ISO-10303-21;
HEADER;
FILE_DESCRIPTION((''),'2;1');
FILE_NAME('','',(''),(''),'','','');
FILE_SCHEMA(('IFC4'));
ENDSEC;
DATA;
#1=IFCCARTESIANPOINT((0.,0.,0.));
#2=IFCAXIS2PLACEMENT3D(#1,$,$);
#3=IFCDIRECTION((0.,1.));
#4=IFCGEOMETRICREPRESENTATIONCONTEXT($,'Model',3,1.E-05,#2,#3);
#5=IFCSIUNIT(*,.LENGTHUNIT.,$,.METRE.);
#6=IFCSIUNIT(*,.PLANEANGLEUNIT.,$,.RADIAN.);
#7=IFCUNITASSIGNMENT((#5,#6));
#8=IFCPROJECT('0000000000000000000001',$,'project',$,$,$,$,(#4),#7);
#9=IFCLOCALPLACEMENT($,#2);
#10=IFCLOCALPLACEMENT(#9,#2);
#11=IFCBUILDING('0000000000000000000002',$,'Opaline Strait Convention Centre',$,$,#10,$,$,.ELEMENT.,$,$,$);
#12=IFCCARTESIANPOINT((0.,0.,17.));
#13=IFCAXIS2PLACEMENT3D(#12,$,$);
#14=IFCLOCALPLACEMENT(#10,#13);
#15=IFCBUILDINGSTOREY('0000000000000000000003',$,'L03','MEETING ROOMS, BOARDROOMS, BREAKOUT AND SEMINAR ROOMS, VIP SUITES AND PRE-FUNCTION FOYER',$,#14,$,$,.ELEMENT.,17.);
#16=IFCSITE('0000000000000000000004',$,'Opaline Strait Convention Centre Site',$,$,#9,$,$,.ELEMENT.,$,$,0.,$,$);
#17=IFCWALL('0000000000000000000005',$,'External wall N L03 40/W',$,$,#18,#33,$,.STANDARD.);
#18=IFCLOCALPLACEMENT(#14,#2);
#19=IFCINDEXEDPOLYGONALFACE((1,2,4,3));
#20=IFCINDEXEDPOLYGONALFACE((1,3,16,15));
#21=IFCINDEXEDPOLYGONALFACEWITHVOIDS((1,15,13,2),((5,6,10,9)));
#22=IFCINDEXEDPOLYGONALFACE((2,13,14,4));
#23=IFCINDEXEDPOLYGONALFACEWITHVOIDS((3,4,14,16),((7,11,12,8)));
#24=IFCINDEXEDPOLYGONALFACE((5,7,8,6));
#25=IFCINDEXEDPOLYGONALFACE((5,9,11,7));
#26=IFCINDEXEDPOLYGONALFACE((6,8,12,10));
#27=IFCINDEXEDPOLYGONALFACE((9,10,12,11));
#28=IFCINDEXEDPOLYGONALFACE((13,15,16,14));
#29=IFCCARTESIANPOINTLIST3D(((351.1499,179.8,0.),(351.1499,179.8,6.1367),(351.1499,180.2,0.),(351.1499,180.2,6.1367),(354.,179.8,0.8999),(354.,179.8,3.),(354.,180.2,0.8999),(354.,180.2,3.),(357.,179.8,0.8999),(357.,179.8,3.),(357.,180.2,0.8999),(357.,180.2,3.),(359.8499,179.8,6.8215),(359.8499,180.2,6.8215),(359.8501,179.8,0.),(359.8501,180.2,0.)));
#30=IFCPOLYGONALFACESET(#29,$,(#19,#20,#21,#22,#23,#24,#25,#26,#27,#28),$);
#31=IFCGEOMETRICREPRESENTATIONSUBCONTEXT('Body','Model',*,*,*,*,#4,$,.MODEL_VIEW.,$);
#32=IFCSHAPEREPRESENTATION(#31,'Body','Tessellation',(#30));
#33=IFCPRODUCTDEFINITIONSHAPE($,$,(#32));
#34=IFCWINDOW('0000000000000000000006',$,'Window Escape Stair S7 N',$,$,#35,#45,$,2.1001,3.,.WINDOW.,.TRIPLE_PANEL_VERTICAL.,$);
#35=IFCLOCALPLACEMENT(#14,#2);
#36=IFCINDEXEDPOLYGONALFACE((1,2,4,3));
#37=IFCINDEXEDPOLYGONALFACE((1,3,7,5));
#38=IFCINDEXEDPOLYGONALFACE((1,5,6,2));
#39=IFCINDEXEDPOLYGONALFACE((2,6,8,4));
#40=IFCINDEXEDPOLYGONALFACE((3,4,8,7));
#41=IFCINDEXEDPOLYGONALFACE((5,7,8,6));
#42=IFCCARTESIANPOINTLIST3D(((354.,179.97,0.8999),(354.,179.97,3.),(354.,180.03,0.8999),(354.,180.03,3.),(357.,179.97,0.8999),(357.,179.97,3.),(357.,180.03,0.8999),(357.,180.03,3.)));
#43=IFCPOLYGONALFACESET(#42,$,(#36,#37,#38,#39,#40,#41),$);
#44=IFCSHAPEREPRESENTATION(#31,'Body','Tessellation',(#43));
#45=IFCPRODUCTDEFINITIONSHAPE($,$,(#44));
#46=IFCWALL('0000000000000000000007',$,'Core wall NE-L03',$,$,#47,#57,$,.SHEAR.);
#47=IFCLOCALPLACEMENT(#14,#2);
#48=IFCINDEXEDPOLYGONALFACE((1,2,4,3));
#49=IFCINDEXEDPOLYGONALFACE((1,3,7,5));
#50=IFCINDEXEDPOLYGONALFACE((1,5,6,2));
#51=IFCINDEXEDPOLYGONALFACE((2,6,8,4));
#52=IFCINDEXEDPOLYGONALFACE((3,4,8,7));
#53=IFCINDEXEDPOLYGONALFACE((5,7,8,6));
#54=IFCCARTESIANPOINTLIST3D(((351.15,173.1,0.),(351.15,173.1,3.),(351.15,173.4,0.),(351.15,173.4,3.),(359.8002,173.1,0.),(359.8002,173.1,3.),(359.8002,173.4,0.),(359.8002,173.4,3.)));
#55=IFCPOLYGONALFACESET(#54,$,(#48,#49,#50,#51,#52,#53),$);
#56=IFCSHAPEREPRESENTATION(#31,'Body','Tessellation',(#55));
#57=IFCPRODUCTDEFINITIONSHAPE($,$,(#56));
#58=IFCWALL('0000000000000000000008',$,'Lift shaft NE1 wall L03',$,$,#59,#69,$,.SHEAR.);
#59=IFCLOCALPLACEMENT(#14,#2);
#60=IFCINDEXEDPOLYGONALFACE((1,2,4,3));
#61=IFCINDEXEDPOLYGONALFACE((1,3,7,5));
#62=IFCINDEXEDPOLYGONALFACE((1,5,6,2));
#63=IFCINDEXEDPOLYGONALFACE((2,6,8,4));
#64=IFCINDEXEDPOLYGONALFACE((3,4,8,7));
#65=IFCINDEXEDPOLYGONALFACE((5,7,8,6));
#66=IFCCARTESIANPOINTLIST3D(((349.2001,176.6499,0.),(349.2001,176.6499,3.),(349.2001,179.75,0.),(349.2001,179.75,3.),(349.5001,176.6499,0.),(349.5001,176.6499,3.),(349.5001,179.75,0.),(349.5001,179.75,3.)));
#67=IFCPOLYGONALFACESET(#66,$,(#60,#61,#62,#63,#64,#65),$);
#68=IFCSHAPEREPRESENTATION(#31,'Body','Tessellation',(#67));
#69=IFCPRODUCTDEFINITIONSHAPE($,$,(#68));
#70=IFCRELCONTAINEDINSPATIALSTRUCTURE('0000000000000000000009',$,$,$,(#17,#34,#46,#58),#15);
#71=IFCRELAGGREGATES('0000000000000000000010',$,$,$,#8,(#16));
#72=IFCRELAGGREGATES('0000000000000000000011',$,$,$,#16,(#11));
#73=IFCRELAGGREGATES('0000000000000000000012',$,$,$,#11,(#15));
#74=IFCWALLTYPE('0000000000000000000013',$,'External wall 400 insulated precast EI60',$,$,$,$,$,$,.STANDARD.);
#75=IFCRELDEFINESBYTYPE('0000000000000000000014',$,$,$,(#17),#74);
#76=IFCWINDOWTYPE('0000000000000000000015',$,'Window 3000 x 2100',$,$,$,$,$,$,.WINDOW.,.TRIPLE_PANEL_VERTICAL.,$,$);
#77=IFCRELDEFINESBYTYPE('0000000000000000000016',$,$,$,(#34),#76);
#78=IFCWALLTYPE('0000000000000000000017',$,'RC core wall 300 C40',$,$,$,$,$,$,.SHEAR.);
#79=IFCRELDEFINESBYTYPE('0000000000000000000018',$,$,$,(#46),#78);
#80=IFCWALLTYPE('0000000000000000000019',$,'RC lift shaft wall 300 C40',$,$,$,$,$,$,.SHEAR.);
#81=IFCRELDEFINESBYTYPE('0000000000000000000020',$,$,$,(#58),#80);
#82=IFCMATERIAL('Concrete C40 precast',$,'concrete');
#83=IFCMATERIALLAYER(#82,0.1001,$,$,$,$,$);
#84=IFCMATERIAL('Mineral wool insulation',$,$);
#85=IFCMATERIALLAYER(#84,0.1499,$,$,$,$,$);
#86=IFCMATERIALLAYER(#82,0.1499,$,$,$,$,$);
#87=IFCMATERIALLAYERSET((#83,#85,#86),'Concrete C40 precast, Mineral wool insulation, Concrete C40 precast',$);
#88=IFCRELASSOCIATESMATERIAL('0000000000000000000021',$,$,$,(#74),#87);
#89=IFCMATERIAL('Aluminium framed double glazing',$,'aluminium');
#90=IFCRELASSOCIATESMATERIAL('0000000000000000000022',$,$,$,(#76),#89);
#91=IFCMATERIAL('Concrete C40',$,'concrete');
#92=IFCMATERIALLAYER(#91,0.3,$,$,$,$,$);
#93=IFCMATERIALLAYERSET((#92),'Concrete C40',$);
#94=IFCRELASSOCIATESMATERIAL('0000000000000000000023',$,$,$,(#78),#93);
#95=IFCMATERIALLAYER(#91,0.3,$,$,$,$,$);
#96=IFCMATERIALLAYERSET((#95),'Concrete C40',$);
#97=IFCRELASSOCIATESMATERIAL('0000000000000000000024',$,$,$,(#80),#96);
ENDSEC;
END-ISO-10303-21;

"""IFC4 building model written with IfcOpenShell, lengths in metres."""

from ifc_helpers import new_model, si_unit, direction, frame, frame_2d, origin, place, context, subcontext, project, spatial, polyline, rectangle, outline, extrude, material, layer, layer_set, type_object, element, fill, save


model = new_model("IFC4")

# Units and contexts
model_context = context("Model", 3, precision=1e-05, world=origin(), true_north=direction((0.0, 1.0)))
body_context = subcontext(model_context, "Body", "Model", "MODEL_VIEW")
ifc_project = project(units=[si_unit("LENGTHUNIT", "METRE"), si_unit("PLANEANGLEUNIT", "RADIAN")], contexts=[model_context])

# Site, building, storey
site_placement = place(None, origin())
site = spatial("IfcSite", under=ifc_project, at=site_placement, Name="Opaline Strait Convention Centre Site", CompositionType="ELEMENT", RefElevation=0.0)
building_placement = place(site_placement, origin())
building = spatial("IfcBuilding", under=site, at=building_placement, Name="Opaline Strait Convention Centre", CompositionType="ELEMENT")
storey_placement = place(building_placement, frame((0.0, 0.0, 17.0)))
storey = spatial("IfcBuildingStorey", under=building, at=storey_placement, Name="L03", Description="MEETING ROOMS, BOARDROOMS, BREAKOUT AND SEMINAR ROOMS, VIP SUITES AND PRE-FUNCTION FOYER", CompositionType="ELEMENT", Elevation=17.0)

# Wall, opening, window
ifc_material_1 = material(Name="Concrete C40 precast", Category="concrete")
ifc_layer_1 = layer(ifc_material_1, 0.1001)
ifc_material_2 = material(Name="Mineral wool insulation")
ifc_layer_2 = layer(ifc_material_2, 0.1499)
ifc_layer_3 = layer(ifc_material_1, 0.1499)
ifc_layer_set_1 = layer_set([ifc_layer_1, ifc_layer_2, ifc_layer_3], Name="Concrete C40 precast, Mineral wool insulation, Concrete C40 precast")
wall_type_1 = type_object("IfcWallType", Name="External wall 400 insulated precast EI60", PredefinedType="STANDARD", material=ifc_layer_set_1)
wall_1_placement = place(storey_placement, frame((351.1499, 180.0, 0.0), z_axis=(0.0, 0.0, 1.0), x_axis=(1.0, 0.0, 0.0)))
wall_1 = element("IfcWall", 1, at=wall_1_placement, inside=storey, type_object=wall_type_1, Name="External wall N L03 40/W", PredefinedType="STANDARD", context=body_context, shape_type="SweptSolid", body=[
    extrude(outline(polyline([(0.0, 0.0), (8.7002, 0.0), (8.7, 6.8215), (0.0, 6.1367), (0.0, 0.0)])), frame((0.0, 0.2, 0.0), z_axis=(0.0, -1.0, 0.0), x_axis=(1.0, 0.0, 0.0)), (0.0, 0.0, 1.0), 0.3999),
])
opening_1_placement = place(wall_1_placement, frame((2.8501, 0.0, 0.8999)))
opening_1 = element("IfcOpeningElement", 2, at=opening_1_placement, cuts=wall_1, PredefinedType="OPENING", context=body_context, shape_type="SweptSolid", body=[
    extrude(rectangle(XDim=3.0, YDim=2.1001, at=frame_2d((1.5, 1.05))), frame((0.0, 0.21, 0.0), z_axis=(0.0, -1.0, 0.0), x_axis=(1.0, 0.0, 0.0)), (0.0, 0.0, 1.0), 0.4199),
])
ifc_material_3 = material(Name="Aluminium framed double glazing", Category="aluminium")
window_type = type_object("IfcWindowType", Name="Window 3000 x 2100", PartitioningType="TRIPLE_PANEL_VERTICAL", PredefinedType="WINDOW", material=ifc_material_3)
window_placement = place(opening_1_placement, origin())
window = element("IfcWindow", 3, at=window_placement, inside=storey, type_object=window_type, Name="Window Escape Stair S7 N", OverallHeight=2.1001, OverallWidth=3.0, PartitioningType="TRIPLE_PANEL_VERTICAL", PredefinedType="WINDOW", context=body_context, shape_type="SweptSolid", body=[
    extrude(rectangle(XDim=3.0, YDim=2.1001, at=frame_2d((1.5, 1.05))), frame((0.0, 0.03, 0.0), z_axis=(0.0, -1.0, 0.0), x_axis=(1.0, 0.0, 0.0)), (0.0, 0.0, 1.0), 0.0601),
])
fill(opening_1, window)

# Shared definitions
ifc_material_4 = material(Name="Concrete C40", Category="concrete")
ifc_layer_4 = layer(ifc_material_4, 0.3)
ifc_layer_set_2 = layer_set([ifc_layer_4], Name="Concrete C40")
wall_type_2 = type_object("IfcWallType", Name="RC core wall 300 C40", PredefinedType="SHEAR", material=ifc_layer_set_2)

# Walls
wall_2_placement = place(storey_placement, frame((351.1499, 173.25, 0.0), z_axis=(0.0, 0.0, 1.0), x_axis=(1.0, 0.0, 0.0)))
element("IfcWall", 4, at=wall_2_placement, inside=storey, type_object=wall_type_2, Name="Core wall NE-L03", PredefinedType="SHEAR", context=body_context, shape_type="SweptSolid", body=[
    extrude(rectangle(XDim=8.6501, YDim=0.3, at=frame_2d((4.3252, 0.0))), origin(), (0.0, 0.0, 1.0), 3.0),
])
ifc_layer_5 = layer(ifc_material_4, 0.3)
ifc_layer_set_3 = layer_set([ifc_layer_5], Name="Concrete C40")
wall_type_3 = type_object("IfcWallType", Name="RC lift shaft wall 300 C40", PredefinedType="SHEAR", material=ifc_layer_set_3)
wall_3_placement = place(storey_placement, frame((349.3501, 176.6499, 0.0), z_axis=(0.0, 0.0, 1.0), x_axis=(0.0, 1.0, 0.0)))
element("IfcWall", 5, at=wall_3_placement, inside=storey, type_object=wall_type_3, Name="Lift shaft NE1 wall L03", PredefinedType="SHEAR", context=body_context, shape_type="SweptSolid", body=[
    extrude(rectangle(XDim=3.1001, YDim=0.3, at=frame_2d((1.55, 0.0))), origin(), (0.0, 0.0, 1.0), 3.0),
])

save(model, "model.ifc")
